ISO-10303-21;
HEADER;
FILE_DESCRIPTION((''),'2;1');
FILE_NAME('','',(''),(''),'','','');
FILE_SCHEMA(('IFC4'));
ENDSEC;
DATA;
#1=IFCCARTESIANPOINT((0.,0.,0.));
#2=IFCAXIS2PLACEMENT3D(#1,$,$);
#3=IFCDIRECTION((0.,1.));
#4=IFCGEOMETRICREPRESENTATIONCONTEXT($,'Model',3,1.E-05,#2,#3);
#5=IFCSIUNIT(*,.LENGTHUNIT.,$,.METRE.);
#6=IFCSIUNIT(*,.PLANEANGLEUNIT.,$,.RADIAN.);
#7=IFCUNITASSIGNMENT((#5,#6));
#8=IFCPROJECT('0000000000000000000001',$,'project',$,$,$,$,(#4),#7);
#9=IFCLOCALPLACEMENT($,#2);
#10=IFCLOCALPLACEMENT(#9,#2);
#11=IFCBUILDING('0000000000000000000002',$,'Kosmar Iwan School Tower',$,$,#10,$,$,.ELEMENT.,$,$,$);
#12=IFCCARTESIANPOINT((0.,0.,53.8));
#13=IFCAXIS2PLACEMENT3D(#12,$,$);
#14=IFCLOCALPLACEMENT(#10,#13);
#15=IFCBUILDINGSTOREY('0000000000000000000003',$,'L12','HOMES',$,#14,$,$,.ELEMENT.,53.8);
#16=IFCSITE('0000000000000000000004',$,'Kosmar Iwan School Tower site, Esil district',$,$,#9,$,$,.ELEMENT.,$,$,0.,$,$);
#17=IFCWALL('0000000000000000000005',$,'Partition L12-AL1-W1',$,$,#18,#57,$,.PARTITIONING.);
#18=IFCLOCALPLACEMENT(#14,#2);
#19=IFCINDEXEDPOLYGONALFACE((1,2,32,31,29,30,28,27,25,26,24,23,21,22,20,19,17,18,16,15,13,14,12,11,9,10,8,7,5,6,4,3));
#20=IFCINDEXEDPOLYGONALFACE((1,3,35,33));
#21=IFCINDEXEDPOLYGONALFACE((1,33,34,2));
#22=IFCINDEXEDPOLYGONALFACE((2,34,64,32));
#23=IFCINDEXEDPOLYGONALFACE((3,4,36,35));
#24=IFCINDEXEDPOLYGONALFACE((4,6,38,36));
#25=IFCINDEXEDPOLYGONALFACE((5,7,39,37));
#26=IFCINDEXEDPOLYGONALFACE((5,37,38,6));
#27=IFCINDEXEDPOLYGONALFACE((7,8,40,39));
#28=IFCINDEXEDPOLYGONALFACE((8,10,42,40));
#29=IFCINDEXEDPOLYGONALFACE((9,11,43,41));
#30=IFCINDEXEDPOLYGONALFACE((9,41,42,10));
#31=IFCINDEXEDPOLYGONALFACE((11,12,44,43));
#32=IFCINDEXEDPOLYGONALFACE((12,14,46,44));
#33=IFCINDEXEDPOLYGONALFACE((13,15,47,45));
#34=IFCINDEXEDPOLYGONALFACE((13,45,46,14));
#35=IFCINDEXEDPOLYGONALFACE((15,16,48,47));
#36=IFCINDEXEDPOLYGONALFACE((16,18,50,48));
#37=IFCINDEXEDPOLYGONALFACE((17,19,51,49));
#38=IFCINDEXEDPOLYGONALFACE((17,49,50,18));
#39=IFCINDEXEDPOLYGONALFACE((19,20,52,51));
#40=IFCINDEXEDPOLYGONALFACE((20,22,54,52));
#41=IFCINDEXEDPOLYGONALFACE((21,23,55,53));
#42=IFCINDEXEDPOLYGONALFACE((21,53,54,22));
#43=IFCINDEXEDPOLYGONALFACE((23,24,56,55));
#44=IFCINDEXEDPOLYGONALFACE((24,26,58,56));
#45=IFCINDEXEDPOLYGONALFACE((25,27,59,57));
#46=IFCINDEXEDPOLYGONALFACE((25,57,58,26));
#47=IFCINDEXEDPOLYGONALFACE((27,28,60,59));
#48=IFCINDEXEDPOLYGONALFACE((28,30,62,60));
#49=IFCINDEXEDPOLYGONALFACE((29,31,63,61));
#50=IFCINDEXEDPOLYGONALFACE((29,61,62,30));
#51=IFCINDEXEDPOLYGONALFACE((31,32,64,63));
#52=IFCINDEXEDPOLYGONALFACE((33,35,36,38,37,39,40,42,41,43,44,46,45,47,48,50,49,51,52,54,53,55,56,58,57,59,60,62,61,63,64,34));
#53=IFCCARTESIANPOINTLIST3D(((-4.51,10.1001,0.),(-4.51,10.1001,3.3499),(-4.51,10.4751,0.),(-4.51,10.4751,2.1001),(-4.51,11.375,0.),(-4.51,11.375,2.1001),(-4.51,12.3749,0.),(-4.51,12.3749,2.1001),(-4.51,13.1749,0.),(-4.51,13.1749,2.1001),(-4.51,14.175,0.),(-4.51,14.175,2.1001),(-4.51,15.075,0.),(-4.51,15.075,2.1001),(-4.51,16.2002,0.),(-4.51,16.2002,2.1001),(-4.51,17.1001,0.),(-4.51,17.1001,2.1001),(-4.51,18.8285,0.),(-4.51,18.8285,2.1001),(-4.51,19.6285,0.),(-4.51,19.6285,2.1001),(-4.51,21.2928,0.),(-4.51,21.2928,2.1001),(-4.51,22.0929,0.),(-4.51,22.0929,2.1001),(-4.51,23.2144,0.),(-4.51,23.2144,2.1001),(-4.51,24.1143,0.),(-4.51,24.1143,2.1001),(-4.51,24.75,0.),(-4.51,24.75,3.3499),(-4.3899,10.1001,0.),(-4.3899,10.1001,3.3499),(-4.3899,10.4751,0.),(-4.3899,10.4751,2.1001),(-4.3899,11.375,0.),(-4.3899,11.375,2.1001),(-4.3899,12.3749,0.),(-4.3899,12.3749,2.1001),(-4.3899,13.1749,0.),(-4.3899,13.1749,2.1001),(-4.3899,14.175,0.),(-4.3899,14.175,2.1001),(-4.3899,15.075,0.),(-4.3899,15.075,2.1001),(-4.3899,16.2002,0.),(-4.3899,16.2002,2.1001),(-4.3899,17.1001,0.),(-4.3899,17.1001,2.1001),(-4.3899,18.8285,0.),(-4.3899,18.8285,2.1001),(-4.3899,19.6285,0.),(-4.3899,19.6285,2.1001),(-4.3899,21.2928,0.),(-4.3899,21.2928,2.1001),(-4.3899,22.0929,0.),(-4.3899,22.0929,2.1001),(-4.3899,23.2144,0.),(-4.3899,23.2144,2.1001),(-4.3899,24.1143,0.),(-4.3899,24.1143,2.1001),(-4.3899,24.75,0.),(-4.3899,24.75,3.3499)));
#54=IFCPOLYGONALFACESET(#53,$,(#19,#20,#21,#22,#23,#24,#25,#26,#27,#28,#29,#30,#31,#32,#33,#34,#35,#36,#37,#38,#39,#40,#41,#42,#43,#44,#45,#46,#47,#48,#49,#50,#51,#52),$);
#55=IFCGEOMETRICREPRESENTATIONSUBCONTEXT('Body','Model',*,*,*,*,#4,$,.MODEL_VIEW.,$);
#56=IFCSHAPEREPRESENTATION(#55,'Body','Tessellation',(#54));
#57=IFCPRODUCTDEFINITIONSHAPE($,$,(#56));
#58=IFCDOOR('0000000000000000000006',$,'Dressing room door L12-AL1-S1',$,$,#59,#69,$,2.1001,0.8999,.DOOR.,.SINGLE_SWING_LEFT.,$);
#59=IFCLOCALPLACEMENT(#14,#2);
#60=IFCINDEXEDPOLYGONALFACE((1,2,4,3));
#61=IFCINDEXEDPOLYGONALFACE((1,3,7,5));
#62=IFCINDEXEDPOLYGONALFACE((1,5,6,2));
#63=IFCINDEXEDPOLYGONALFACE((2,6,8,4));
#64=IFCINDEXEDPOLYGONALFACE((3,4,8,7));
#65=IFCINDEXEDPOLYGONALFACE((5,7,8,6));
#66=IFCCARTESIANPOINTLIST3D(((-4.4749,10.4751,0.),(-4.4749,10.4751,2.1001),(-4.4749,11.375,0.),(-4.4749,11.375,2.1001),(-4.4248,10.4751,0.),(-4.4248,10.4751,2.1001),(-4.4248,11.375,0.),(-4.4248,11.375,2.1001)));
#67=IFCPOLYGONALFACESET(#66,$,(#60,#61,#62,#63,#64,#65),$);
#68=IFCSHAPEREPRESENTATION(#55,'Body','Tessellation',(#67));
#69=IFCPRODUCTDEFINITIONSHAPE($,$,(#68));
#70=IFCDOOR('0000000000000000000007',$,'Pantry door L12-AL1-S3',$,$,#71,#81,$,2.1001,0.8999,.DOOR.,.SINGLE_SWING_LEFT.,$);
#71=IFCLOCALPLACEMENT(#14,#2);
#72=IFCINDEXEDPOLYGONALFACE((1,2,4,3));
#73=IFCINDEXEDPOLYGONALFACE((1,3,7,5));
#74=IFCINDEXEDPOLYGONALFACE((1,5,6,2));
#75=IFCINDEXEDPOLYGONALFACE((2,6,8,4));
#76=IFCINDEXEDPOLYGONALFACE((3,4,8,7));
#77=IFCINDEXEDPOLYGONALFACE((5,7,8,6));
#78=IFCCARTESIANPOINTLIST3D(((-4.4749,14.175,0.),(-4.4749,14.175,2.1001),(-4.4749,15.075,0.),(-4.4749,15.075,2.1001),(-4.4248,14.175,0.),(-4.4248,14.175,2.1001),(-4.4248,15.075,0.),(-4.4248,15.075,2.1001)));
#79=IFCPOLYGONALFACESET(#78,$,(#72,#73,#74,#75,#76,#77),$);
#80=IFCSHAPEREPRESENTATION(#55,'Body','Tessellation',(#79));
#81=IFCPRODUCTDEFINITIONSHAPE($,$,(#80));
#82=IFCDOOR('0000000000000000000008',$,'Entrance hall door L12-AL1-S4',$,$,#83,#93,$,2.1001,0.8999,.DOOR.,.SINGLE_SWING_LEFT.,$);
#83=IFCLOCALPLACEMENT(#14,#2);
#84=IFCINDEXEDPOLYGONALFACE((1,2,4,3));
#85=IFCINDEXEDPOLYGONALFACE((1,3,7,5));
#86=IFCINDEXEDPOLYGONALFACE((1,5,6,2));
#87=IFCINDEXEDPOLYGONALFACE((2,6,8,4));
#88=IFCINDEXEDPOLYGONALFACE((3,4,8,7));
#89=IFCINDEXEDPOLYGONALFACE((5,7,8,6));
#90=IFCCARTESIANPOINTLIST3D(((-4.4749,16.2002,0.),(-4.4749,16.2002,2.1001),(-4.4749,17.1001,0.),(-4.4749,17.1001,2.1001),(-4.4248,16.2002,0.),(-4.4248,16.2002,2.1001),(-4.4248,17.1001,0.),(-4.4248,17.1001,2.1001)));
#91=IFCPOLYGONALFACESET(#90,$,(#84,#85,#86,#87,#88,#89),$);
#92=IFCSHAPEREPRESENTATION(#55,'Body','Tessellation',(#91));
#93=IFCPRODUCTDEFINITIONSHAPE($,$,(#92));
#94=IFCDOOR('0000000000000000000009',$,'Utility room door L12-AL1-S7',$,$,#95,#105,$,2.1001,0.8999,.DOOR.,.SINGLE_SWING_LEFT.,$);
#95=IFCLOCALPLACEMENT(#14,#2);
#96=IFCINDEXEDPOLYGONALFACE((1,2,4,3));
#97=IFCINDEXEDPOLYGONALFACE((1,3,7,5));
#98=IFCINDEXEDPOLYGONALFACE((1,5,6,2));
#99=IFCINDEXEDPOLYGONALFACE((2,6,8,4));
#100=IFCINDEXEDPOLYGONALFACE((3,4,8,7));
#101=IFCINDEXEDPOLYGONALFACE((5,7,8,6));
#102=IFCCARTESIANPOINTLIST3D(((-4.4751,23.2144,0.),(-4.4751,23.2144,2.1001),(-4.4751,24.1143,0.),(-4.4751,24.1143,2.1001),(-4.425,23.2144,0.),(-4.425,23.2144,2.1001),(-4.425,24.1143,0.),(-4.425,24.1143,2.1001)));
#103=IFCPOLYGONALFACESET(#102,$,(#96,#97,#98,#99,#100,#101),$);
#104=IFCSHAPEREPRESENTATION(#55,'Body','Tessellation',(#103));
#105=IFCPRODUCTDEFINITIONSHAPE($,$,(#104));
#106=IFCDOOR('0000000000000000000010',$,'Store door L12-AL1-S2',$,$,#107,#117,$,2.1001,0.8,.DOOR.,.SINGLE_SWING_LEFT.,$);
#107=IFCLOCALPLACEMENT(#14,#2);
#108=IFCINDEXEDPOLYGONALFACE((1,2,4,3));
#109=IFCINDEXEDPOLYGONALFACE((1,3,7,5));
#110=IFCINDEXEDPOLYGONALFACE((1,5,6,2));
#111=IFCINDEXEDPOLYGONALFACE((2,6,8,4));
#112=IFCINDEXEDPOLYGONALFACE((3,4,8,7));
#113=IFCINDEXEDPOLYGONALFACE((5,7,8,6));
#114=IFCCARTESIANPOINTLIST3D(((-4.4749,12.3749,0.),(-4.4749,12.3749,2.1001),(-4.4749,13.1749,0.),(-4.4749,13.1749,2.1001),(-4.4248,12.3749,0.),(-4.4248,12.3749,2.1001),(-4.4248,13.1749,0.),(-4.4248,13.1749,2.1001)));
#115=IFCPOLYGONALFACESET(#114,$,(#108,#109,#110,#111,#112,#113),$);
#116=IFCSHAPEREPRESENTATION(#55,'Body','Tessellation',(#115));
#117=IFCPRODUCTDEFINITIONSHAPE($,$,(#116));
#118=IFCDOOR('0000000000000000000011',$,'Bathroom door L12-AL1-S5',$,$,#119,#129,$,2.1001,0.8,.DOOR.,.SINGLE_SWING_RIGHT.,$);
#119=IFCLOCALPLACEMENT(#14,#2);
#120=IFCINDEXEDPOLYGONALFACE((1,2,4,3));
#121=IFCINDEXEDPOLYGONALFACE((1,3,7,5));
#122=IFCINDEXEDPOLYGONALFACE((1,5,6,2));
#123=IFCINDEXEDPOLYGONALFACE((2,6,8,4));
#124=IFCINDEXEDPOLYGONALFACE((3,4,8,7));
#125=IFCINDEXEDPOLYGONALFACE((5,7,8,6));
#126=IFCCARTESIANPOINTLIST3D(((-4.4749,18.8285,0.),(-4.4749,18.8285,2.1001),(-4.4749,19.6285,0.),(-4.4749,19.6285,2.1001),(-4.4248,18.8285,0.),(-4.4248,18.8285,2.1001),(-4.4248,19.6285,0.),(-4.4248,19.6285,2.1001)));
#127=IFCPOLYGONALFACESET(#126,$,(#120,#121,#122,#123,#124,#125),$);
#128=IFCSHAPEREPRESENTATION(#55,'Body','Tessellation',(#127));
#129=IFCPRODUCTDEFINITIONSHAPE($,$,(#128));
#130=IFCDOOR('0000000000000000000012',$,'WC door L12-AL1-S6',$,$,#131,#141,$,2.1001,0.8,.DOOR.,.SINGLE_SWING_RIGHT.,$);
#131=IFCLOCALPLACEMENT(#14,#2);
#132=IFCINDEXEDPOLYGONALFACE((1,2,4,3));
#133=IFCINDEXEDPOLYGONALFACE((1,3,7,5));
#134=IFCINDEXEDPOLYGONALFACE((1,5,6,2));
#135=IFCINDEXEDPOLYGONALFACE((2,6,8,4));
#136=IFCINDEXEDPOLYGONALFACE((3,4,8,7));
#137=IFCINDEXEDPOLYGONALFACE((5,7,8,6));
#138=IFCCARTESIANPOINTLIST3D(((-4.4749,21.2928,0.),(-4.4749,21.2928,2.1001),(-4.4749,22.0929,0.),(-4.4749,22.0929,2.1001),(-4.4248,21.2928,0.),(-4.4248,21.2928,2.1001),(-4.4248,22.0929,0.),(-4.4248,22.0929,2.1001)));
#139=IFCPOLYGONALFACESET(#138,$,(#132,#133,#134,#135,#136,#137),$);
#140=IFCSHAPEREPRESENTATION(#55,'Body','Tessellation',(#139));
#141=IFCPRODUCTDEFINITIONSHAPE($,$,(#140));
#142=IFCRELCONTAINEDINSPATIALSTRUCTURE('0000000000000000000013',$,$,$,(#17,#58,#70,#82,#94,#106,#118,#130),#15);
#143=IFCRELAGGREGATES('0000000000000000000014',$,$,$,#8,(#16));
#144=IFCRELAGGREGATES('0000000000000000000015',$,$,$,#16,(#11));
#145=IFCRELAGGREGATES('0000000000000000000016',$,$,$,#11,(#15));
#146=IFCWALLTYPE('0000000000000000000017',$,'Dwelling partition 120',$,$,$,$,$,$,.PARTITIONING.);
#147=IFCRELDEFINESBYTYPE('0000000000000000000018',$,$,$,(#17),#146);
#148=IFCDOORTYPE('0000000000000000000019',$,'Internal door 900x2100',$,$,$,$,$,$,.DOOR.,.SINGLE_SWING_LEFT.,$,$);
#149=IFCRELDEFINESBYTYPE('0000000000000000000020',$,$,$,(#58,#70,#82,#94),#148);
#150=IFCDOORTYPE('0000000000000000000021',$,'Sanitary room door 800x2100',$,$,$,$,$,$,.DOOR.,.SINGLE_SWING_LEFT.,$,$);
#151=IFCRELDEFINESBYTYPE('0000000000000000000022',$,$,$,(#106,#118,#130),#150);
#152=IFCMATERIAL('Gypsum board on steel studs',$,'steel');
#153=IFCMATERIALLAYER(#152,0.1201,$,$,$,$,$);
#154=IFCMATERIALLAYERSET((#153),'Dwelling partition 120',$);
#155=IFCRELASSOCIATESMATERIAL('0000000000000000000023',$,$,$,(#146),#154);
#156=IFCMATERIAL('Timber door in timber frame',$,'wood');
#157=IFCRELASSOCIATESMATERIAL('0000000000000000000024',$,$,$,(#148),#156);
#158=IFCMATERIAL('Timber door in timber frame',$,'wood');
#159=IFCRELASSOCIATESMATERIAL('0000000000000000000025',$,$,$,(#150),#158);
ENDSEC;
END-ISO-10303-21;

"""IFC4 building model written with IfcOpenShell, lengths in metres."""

from ifc_helpers import new_model, si_unit, direction, frame, frame_2d, origin, place, context, subcontext, project, spatial, rectangle, extrude, material, layer, layer_set, type_object, element, fill, save


model = new_model("IFC4")

# Units and contexts
model_context = context("Model", 3, precision=1e-05, world=origin(), true_north=direction((0.0, 1.0)))
body_context = subcontext(model_context, "Body", "Model", "MODEL_VIEW")
ifc_project = project(units=[si_unit("LENGTHUNIT", "METRE"), si_unit("PLANEANGLEUNIT", "RADIAN")], contexts=[model_context])

# Site, building, storey
site_placement = place(None, origin())
site = spatial("IfcSite", under=ifc_project, at=site_placement, Name="Kosmar Iwan School Tower site, Esil district", CompositionType="ELEMENT", RefElevation=0.0)
building_placement = place(site_placement, origin())
building = spatial("IfcBuilding", under=site, at=building_placement, Name="Kosmar Iwan School Tower", CompositionType="ELEMENT")
storey_placement = place(building_placement, frame((0.0, 0.0, 53.8)))
storey = spatial("IfcBuildingStorey", under=building, at=storey_placement, Name="L12", Description="HOMES", CompositionType="ELEMENT", Elevation=53.8)

# Wall, openings, doors
ifc_material_1 = material(Name="Gypsum board on steel studs", Category="steel")
ifc_layer_1 = layer(ifc_material_1, 0.1201)
ifc_layer_set_1 = layer_set([ifc_layer_1], Name="Dwelling partition 120")
wall_type_1 = type_object("IfcWallType", Name="Dwelling partition 120", PredefinedType="PARTITIONING", material=ifc_layer_set_1)
wall_1_placement = place(storey_placement, frame((-4.45, 10.1001, 0.0), z_axis=(0.0, 0.0, 1.0), x_axis=(0.0, 1.0, 0.0)))
wall_1 = element("IfcWall", 1, at=wall_1_placement, inside=storey, type_object=wall_type_1, Name="Partition L12-AL1-W1", PredefinedType="PARTITIONING", context=body_context, shape_type="SweptSolid", body=[
    extrude(rectangle(XDim=14.6499, YDim=0.1201, at=frame_2d((7.325, 0.0))), origin(), (0.0, 0.0, 1.0), 3.3499),
])
opening_1_placement = place(wall_1_placement, frame((0.375, 0.0, 0.0)))
opening_1 = element("IfcOpeningElement", 2, at=opening_1_placement, cuts=wall_1, PredefinedType="OPENING", context=body_context, shape_type="SweptSolid", body=[
    extrude(rectangle(XDim=0.8999, YDim=2.1001, at=frame_2d((0.45, 1.05))), frame((0.0, 0.072, 0.0), z_axis=(0.0, -1.0, 0.0), x_axis=(1.0, 0.0, 0.0)), (0.0, 0.0, 1.0), 0.144),
])
opening_2_placement = place(wall_1_placement, frame((2.2749, 0.0, 0.0)))
opening_2 = element("IfcOpeningElement", 3, at=opening_2_placement, cuts=wall_1, PredefinedType="OPENING", context=body_context, shape_type="SweptSolid", body=[
    extrude(rectangle(XDim=0.8, YDim=2.1001, at=frame_2d((0.3999, 1.05))), frame((0.0, 0.072, 0.0), z_axis=(0.0, -1.0, 0.0), x_axis=(1.0, 0.0, 0.0)), (0.0, 0.0, 1.0), 0.144),
])
opening_3_placement = place(wall_1_placement, frame((4.075, 0.0, 0.0)))
opening_3 = element("IfcOpeningElement", 4, at=opening_3_placement, cuts=wall_1, PredefinedType="OPENING", context=body_context, shape_type="SweptSolid", body=[
    extrude(rectangle(XDim=0.8999, YDim=2.1001, at=frame_2d((0.45, 1.05))), frame((0.0, 0.072, 0.0), z_axis=(0.0, -1.0, 0.0), x_axis=(1.0, 0.0, 0.0)), (0.0, 0.0, 1.0), 0.144),
])
opening_4_placement = place(wall_1_placement, frame((6.1001, 0.0, 0.0)))
opening_4 = element("IfcOpeningElement", 5, at=opening_4_placement, cuts=wall_1, PredefinedType="OPENING", context=body_context, shape_type="SweptSolid", body=[
    extrude(rectangle(XDim=0.8999, YDim=2.1001, at=frame_2d((0.45, 1.05))), frame((0.0, 0.072, 0.0), z_axis=(0.0, -1.0, 0.0), x_axis=(1.0, 0.0, 0.0)), (0.0, 0.0, 1.0), 0.144),
])
opening_5_placement = place(wall_1_placement, frame((8.7285, 0.0, 0.0)))
opening_5 = element("IfcOpeningElement", 6, at=opening_5_placement, cuts=wall_1, PredefinedType="OPENING", context=body_context, shape_type="SweptSolid", body=[
    extrude(rectangle(XDim=0.8, YDim=2.1001, at=frame_2d((0.3999, 1.05))), frame((0.0, 0.072, 0.0), z_axis=(0.0, -1.0, 0.0), x_axis=(1.0, 0.0, 0.0)), (0.0, 0.0, 1.0), 0.144),
])
opening_6_placement = place(wall_1_placement, frame((11.1929, 0.0, 0.0)))
opening_6 = element("IfcOpeningElement", 7, at=opening_6_placement, cuts=wall_1, PredefinedType="OPENING", context=body_context, shape_type="SweptSolid", body=[
    extrude(rectangle(XDim=0.8, YDim=2.1001, at=frame_2d((0.3999, 1.05))), frame((0.0, 0.072, 0.0), z_axis=(0.0, -1.0, 0.0), x_axis=(1.0, 0.0, 0.0)), (0.0, 0.0, 1.0), 0.144),
])
opening_7_placement = place(wall_1_placement, frame((13.1143, 0.0, 0.0)))
opening_7 = element("IfcOpeningElement", 8, at=opening_7_placement, cuts=wall_1, PredefinedType="OPENING", context=body_context, shape_type="SweptSolid", body=[
    extrude(rectangle(XDim=0.8999, YDim=2.1001, at=frame_2d((0.45, 1.05))), frame((0.0, 0.072, 0.0), z_axis=(0.0, -1.0, 0.0), x_axis=(1.0, 0.0, 0.0)), (0.0, 0.0, 1.0), 0.144),
])
ifc_material_2 = material(Name="Timber door in timber frame", Category="wood")
door_type_1 = type_object("IfcDoorType", Name="Internal door 900x2100", OperationType="SINGLE_SWING_LEFT", PredefinedType="DOOR", material=ifc_material_2)
door_1_placement = place(opening_1_placement, origin())
door_1 = element("IfcDoor", 9, at=door_1_placement, inside=storey, type_object=door_type_1, Name="Dressing room door L12-AL1-S1", OperationType="SINGLE_SWING_LEFT", OverallHeight=2.1001, OverallWidth=0.8999, PredefinedType="DOOR", context=body_context, shape_type="SweptSolid", body=[
    extrude(rectangle(XDim=0.8999, YDim=2.1001, at=frame_2d((0.45, 1.05))), frame((0.0, 0.0249, 0.0), z_axis=(0.0, -1.0, 0.0), x_axis=(1.0, 0.0, 0.0)), (0.0, 0.0, 1.0), 0.05),
])
fill(opening_1, door_1)
door_2_placement = place(opening_3_placement, origin())
door_2 = element("IfcDoor", 10, at=door_2_placement, inside=storey, type_object=door_type_1, Name="Pantry door L12-AL1-S3", OperationType="SINGLE_SWING_LEFT", OverallHeight=2.1001, OverallWidth=0.8999, PredefinedType="DOOR", context=body_context, shape_type="SweptSolid", body=[
    extrude(rectangle(XDim=0.8999, YDim=2.1001, at=frame_2d((0.45, 1.05))), frame((0.0, 0.0249, 0.0), z_axis=(0.0, -1.0, 0.0), x_axis=(1.0, 0.0, 0.0)), (0.0, 0.0, 1.0), 0.05),
])
fill(opening_3, door_2)
door_3_placement = place(opening_4_placement, origin())
door_3 = element("IfcDoor", 11, at=door_3_placement, inside=storey, type_object=door_type_1, Name="Entrance hall door L12-AL1-S4", OperationType="SINGLE_SWING_LEFT", OverallHeight=2.1001, OverallWidth=0.8999, PredefinedType="DOOR", context=body_context, shape_type="SweptSolid", body=[
    extrude(rectangle(XDim=0.8999, YDim=2.1001, at=frame_2d((0.45, 1.05))), frame((0.0, 0.0249, 0.0), z_axis=(0.0, -1.0, 0.0), x_axis=(1.0, 0.0, 0.0)), (0.0, 0.0, 1.0), 0.05),
])
fill(opening_4, door_3)
door_4_placement = place(opening_7_placement, frame((0.8999, 0.0, 0.0), z_axis=(0.0, 0.0, 1.0), x_axis=(-1.0, 0.0, 0.0)))
door_4 = element("IfcDoor", 12, at=door_4_placement, inside=storey, type_object=door_type_1, Name="Utility room door L12-AL1-S7", OperationType="SINGLE_SWING_LEFT", OverallHeight=2.1001, OverallWidth=0.8999, PredefinedType="DOOR", context=body_context, shape_type="SweptSolid", body=[
    extrude(rectangle(XDim=0.8999, YDim=2.1001, at=frame_2d((0.45, 1.05))), frame((0.0, 0.0249, 0.0), z_axis=(0.0, -1.0, 0.0), x_axis=(1.0, 0.0, 0.0)), (0.0, 0.0, 1.0), 0.05),
])
fill(opening_7, door_4)
ifc_material_3 = material(Name="Timber door in timber frame", Category="wood")
door_type_2 = type_object("IfcDoorType", Name="Sanitary room door 800x2100", OperationType="SINGLE_SWING_LEFT", PredefinedType="DOOR", material=ifc_material_3)
door_5_placement = place(opening_2_placement, origin())
door_5 = element("IfcDoor", 13, at=door_5_placement, inside=storey, type_object=door_type_2, Name="Store door L12-AL1-S2", OperationType="SINGLE_SWING_LEFT", OverallHeight=2.1001, OverallWidth=0.8, PredefinedType="DOOR", context=body_context, shape_type="SweptSolid", body=[
    extrude(rectangle(XDim=0.8, YDim=2.1001, at=frame_2d((0.3999, 1.05))), frame((0.0, 0.0249, 0.0), z_axis=(0.0, -1.0, 0.0), x_axis=(1.0, 0.0, 0.0)), (0.0, 0.0, 1.0), 0.05),
])
fill(opening_2, door_5)
door_6_placement = place(opening_5_placement, origin())
door_6 = element("IfcDoor", 14, at=door_6_placement, inside=storey, type_object=door_type_2, Name="Bathroom door L12-AL1-S5", OperationType="SINGLE_SWING_RIGHT", OverallHeight=2.1001, OverallWidth=0.8, PredefinedType="DOOR", context=body_context, shape_type="SweptSolid", body=[
    extrude(rectangle(XDim=0.8, YDim=2.1001, at=frame_2d((0.3999, 1.05))), frame((0.0, 0.0249, 0.0), z_axis=(0.0, -1.0, 0.0), x_axis=(1.0, 0.0, 0.0)), (0.0, 0.0, 1.0), 0.05),
])
fill(opening_5, door_6)
door_7_placement = place(opening_6_placement, origin())
door_7 = element("IfcDoor", 15, at=door_7_placement, inside=storey, type_object=door_type_2, Name="WC door L12-AL1-S6", OperationType="SINGLE_SWING_RIGHT", OverallHeight=2.1001, OverallWidth=0.8, PredefinedType="DOOR", context=body_context, shape_type="SweptSolid", body=[
    extrude(rectangle(XDim=0.8, YDim=2.1001, at=frame_2d((0.3999, 1.05))), frame((0.0, 0.0249, 0.0), z_axis=(0.0, -1.0, 0.0), x_axis=(1.0, 0.0, 0.0)), (0.0, 0.0, 1.0), 0.05),
])
fill(opening_6, door_7)

save(model, "model.ifc")
